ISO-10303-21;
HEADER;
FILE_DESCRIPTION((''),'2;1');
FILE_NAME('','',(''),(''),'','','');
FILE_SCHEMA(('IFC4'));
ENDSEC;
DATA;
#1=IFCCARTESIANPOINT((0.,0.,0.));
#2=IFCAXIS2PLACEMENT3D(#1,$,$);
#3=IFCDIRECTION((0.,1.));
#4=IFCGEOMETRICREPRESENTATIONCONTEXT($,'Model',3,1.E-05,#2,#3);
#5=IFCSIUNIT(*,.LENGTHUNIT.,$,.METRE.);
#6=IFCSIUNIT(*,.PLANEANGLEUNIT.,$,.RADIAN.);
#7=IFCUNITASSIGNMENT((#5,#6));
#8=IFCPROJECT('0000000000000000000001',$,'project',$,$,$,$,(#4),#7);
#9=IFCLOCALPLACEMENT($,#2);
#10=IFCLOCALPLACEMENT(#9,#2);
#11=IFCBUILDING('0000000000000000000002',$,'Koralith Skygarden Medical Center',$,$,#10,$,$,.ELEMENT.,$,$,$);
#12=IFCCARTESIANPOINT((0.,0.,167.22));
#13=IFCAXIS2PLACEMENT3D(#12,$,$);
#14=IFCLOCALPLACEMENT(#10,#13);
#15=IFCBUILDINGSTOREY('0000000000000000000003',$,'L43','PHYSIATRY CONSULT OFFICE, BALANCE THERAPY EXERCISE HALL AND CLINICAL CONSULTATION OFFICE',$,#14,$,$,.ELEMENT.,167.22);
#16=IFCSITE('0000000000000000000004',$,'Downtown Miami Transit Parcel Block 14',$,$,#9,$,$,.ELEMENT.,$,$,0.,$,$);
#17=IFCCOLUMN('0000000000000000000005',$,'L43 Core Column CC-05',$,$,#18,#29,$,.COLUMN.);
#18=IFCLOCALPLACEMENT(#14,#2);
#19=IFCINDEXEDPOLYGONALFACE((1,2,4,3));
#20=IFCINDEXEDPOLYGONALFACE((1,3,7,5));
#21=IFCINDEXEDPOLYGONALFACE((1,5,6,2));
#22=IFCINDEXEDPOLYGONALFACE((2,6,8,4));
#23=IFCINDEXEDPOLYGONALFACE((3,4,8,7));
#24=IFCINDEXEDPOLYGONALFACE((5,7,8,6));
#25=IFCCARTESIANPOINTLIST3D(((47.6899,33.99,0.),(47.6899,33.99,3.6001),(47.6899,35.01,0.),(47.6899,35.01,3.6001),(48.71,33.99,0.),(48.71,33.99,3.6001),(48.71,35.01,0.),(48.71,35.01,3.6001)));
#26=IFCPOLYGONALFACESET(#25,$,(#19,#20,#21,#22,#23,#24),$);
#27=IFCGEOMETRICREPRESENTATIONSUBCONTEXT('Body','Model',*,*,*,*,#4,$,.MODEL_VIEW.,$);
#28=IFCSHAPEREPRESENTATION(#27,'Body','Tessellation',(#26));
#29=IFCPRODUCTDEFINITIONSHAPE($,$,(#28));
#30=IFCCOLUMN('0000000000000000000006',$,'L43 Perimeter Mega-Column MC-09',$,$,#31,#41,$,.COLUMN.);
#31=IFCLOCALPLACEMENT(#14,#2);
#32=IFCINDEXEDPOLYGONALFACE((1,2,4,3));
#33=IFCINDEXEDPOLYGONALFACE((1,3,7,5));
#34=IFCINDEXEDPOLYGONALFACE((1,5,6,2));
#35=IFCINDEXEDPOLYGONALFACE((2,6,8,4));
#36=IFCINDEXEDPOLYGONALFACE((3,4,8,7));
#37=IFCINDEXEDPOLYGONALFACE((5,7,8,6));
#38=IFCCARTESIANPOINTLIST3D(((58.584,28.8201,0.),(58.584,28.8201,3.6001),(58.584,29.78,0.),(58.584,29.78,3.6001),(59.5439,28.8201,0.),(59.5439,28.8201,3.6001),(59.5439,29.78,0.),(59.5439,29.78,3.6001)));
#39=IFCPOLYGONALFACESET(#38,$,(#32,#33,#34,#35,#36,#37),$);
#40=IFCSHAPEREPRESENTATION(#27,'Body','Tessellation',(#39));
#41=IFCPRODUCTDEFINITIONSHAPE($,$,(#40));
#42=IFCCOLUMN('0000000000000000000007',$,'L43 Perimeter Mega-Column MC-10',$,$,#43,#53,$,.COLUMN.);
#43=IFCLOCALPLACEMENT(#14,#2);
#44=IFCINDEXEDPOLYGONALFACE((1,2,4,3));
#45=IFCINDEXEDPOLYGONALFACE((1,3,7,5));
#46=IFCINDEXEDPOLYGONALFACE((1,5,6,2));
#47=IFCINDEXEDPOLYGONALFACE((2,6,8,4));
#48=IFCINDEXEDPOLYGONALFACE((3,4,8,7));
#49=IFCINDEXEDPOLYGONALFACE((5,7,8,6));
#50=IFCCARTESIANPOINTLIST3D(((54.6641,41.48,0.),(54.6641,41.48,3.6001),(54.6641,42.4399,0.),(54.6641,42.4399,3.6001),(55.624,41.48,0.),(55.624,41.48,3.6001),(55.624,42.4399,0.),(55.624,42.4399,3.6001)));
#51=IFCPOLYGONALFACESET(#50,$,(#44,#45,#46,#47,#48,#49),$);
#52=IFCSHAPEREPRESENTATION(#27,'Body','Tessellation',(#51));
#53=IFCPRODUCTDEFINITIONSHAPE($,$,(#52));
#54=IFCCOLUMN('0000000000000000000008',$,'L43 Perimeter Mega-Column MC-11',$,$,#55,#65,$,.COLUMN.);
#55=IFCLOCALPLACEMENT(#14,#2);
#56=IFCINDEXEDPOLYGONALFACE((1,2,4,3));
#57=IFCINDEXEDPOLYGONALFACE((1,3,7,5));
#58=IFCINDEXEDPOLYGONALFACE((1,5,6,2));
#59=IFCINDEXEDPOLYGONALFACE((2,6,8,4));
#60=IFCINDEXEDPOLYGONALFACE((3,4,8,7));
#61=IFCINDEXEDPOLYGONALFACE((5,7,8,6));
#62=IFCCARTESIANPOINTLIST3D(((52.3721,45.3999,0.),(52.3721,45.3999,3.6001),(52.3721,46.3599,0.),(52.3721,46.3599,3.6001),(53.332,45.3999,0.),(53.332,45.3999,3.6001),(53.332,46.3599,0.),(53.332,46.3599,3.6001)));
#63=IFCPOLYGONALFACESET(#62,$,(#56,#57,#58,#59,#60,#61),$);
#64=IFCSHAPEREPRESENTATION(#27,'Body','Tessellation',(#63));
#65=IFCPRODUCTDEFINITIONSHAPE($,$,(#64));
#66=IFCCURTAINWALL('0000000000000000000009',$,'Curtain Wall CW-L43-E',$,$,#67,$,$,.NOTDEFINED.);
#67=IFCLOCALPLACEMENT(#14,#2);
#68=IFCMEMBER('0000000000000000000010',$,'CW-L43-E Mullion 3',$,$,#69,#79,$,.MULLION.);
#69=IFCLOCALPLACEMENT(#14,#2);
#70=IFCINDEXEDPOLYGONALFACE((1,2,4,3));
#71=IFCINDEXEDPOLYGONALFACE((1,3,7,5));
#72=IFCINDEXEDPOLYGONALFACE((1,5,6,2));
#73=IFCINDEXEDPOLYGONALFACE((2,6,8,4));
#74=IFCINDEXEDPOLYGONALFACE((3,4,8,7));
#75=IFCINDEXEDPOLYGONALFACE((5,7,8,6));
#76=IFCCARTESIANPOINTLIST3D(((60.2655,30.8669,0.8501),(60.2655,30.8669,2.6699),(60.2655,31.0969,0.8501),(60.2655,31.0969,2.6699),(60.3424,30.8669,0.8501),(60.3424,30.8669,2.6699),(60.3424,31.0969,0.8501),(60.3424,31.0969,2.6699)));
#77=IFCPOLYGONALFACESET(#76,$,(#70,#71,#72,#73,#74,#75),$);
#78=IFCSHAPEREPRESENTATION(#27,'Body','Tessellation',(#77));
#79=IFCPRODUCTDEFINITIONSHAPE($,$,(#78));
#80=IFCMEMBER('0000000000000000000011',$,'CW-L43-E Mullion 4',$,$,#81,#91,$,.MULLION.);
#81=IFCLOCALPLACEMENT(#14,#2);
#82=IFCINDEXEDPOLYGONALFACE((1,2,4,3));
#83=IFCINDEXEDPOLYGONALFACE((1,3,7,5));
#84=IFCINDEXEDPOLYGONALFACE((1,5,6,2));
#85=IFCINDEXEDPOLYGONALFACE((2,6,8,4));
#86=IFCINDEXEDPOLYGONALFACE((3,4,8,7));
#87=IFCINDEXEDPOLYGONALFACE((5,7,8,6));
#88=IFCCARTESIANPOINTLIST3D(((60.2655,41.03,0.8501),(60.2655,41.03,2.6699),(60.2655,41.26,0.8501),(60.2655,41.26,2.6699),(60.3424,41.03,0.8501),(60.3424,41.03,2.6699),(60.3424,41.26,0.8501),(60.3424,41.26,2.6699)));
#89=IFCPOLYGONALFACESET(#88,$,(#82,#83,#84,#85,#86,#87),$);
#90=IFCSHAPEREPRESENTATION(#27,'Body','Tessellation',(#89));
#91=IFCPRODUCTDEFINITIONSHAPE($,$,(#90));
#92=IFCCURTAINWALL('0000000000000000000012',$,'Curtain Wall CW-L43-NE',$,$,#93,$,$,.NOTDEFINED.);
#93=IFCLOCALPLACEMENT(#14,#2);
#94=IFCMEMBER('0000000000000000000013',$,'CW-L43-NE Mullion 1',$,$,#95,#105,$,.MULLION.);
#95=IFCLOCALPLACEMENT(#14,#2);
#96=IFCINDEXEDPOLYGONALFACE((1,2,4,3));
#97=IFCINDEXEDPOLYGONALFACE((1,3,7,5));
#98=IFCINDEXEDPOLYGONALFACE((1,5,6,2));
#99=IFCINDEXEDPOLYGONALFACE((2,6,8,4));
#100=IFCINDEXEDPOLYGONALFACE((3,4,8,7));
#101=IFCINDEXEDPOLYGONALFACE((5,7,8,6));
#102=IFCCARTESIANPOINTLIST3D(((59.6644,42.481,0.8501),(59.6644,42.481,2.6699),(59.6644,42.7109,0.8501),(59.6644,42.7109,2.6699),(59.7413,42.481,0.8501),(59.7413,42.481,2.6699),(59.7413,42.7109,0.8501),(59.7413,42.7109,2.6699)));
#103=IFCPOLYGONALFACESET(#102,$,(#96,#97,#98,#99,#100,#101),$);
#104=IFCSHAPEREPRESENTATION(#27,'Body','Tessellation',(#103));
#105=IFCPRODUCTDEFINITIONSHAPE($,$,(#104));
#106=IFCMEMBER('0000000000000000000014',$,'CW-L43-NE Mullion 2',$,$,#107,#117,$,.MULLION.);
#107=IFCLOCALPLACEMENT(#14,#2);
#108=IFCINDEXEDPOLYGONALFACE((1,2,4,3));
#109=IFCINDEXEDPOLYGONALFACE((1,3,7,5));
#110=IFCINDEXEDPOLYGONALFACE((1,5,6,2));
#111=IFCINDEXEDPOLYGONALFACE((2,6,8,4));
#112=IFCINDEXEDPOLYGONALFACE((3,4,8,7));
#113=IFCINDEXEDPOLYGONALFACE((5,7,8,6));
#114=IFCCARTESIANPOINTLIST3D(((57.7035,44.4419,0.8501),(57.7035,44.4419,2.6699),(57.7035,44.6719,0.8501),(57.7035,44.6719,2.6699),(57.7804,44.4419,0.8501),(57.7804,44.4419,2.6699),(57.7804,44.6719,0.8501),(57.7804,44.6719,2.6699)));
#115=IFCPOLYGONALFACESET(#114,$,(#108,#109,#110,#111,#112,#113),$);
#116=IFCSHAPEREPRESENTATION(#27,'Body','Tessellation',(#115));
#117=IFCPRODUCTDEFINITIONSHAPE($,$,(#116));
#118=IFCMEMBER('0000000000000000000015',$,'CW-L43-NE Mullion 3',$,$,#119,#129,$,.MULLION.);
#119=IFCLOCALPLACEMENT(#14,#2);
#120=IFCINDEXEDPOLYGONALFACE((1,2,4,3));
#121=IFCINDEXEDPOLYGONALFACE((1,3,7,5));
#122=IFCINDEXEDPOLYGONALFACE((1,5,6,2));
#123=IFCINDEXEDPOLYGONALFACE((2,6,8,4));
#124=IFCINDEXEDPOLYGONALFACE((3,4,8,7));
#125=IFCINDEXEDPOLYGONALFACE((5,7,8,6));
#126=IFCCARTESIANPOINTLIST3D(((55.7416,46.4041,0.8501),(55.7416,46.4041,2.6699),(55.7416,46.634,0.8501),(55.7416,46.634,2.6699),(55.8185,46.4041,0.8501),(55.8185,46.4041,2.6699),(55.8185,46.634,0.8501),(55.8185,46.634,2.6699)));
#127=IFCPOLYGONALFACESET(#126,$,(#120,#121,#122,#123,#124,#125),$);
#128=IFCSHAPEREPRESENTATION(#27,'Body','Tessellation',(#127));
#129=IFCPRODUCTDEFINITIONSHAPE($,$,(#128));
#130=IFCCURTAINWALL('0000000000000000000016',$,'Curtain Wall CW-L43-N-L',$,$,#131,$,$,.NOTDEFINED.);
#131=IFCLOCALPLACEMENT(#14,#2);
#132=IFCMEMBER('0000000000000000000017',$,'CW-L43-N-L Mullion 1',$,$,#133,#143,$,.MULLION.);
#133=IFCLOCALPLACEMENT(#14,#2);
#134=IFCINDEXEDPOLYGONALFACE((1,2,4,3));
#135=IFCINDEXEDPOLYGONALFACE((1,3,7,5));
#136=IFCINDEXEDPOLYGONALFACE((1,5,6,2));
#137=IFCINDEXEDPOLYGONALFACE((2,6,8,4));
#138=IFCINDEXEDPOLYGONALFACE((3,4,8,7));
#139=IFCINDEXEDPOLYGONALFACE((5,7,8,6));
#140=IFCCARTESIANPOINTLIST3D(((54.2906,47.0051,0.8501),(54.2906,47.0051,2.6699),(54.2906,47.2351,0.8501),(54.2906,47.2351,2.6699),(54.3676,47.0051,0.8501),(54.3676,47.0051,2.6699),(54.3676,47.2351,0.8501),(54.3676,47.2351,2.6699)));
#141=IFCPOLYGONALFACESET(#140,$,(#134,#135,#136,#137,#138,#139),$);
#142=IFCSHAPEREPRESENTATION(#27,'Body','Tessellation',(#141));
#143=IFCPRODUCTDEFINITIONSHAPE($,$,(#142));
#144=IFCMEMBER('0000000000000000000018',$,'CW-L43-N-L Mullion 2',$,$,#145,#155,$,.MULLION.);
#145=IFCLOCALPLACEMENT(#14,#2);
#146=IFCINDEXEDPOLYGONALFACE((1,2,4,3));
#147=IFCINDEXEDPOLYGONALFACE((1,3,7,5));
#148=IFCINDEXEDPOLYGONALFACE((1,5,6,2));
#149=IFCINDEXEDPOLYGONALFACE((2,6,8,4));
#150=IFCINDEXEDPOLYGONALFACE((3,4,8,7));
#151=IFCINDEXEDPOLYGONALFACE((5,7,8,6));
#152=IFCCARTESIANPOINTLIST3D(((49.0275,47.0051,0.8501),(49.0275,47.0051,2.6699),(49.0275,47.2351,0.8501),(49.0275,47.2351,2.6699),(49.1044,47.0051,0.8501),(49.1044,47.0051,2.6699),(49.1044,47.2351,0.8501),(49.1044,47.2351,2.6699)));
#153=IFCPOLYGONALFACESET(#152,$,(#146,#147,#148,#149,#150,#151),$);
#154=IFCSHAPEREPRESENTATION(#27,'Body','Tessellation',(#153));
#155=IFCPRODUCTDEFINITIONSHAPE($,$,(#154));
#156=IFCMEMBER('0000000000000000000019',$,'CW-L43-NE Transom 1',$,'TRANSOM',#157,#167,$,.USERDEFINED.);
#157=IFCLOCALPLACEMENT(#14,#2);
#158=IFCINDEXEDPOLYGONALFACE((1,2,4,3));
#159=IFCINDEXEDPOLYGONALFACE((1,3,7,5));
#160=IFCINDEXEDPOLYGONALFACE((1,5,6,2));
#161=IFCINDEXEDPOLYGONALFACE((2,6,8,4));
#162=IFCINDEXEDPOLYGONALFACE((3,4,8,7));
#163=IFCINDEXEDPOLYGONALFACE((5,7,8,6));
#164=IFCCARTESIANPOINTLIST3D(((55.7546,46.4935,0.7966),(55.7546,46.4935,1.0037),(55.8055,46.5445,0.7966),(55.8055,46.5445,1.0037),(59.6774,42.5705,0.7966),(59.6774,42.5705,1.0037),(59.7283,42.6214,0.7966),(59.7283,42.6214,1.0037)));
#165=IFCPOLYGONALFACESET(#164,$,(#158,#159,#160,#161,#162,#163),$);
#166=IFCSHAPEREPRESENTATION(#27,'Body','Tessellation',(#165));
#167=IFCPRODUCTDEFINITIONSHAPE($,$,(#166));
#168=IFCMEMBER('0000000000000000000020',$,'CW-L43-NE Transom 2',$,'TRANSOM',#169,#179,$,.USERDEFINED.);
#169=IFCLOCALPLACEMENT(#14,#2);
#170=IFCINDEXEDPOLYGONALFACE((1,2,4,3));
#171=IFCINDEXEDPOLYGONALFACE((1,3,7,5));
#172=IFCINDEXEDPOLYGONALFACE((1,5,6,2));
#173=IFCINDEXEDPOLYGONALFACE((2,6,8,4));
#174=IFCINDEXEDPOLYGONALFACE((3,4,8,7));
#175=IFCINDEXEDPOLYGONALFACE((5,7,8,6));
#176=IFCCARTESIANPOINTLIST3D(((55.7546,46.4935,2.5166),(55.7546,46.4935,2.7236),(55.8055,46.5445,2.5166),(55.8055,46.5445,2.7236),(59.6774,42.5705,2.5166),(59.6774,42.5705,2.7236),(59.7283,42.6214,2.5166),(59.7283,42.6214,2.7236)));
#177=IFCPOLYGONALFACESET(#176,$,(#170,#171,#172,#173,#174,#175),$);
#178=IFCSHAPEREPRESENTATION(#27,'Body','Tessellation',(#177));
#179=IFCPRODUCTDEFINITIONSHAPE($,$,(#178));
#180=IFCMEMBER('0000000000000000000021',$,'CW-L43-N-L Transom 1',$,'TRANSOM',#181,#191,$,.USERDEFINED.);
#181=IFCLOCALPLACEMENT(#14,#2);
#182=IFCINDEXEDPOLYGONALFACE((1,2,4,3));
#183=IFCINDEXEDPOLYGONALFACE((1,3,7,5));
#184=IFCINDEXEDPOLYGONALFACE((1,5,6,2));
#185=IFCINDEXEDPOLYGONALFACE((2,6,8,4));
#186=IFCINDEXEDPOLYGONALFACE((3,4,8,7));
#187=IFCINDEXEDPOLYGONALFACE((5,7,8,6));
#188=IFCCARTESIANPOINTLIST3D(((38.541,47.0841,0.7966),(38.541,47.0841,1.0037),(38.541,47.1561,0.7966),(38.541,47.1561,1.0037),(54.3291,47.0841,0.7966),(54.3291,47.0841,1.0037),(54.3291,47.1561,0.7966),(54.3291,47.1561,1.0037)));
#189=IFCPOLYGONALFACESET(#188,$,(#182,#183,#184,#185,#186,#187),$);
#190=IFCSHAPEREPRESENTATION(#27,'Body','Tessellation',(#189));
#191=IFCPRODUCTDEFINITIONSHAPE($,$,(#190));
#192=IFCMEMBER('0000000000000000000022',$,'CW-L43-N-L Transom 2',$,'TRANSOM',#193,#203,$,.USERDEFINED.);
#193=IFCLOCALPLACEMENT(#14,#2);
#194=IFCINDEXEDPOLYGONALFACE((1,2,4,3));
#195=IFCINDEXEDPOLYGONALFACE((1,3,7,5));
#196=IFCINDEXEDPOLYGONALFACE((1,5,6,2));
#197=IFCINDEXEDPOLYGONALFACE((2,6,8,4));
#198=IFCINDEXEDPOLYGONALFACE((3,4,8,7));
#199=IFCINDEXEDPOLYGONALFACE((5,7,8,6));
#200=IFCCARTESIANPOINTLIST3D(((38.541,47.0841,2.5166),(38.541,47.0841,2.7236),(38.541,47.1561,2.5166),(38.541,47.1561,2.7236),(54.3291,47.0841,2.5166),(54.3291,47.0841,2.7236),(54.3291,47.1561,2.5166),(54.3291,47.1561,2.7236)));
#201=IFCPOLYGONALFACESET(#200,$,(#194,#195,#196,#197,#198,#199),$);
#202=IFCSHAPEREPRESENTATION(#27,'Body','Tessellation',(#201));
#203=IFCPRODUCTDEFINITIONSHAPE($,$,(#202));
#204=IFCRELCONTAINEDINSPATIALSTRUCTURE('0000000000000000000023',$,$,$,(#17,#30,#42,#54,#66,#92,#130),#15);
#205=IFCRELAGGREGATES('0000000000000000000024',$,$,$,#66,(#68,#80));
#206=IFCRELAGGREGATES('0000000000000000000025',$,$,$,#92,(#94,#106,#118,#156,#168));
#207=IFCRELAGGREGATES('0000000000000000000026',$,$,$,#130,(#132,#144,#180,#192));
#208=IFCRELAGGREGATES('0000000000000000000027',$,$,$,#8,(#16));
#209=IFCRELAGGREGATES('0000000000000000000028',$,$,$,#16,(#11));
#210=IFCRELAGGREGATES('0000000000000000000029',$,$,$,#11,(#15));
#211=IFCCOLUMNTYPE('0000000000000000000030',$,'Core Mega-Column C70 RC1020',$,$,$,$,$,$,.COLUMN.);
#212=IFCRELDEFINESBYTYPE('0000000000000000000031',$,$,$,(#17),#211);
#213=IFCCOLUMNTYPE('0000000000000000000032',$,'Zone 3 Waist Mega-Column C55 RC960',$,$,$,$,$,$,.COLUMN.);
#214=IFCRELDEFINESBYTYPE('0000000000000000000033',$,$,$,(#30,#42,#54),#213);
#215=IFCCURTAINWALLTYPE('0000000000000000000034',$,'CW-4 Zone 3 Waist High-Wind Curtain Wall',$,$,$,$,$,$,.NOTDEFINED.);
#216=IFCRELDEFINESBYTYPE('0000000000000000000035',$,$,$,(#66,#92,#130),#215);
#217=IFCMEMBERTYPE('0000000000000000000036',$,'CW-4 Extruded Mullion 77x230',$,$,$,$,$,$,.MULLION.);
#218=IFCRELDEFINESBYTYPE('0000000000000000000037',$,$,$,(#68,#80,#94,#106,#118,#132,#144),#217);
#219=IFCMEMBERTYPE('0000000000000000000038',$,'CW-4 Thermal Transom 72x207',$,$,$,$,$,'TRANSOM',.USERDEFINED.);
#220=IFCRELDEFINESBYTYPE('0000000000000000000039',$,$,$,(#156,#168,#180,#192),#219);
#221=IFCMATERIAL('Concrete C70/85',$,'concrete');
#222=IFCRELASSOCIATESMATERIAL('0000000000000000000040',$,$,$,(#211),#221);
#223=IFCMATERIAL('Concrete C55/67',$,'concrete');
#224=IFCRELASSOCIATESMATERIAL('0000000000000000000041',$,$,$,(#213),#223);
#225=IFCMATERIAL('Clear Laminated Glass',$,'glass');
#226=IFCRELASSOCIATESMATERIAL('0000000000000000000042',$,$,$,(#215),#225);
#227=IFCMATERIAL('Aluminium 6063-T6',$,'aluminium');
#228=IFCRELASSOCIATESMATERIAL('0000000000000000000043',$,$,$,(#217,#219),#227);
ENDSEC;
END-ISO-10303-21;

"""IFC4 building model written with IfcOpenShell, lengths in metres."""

from ifc_helpers import new_model, si_unit, direction, frame, origin, origin_2d, place, context, subcontext, project, spatial, rectangle, extrude, material, material_profile, profile_set, type_object, element, aggregate, save


model = new_model("IFC4")

# Units and contexts
model_context = context("Model", 3, precision=1e-05, world=origin(), true_north=direction((0.0, 1.0)))
body_context = subcontext(model_context, "Body", "Model", "MODEL_VIEW")
ifc_project = project(units=[si_unit("LENGTHUNIT", "METRE"), si_unit("PLANEANGLEUNIT", "RADIAN")], contexts=[model_context])

# Site, building, storey
site_placement = place(None, origin())
site = spatial("IfcSite", under=ifc_project, at=site_placement, Name="Downtown Miami Transit Parcel Block 14", CompositionType="ELEMENT", RefElevation=0.0)
building_placement = place(site_placement, origin())
building = spatial("IfcBuilding", under=site, at=building_placement, Name="Koralith Skygarden Medical Center", CompositionType="ELEMENT")
storey_placement = place(building_placement, frame((0.0, 0.0, 167.22)))
storey = spatial("IfcBuildingStorey", under=building, at=storey_placement, Name="L43", Description="PHYSIATRY CONSULT OFFICE, BALANCE THERAPY EXERCISE HALL AND CLINICAL CONSULTATION OFFICE", CompositionType="ELEMENT", Elevation=167.22)

# Columns
ifc_material_1 = material(Name="Concrete C70/85", Category="concrete")
ifc_material_profile_1 = material_profile(ifc_material_1, rectangle(XDim=1.02, YDim=1.02, at=origin_2d()), Name="RC1020X1020")
ifc_profile_set_1 = profile_set([ifc_material_profile_1], Name="Concrete C70/85")
column_type_1 = type_object("IfcColumnType", Name="Core Mega-Column C70 RC1020", PredefinedType="COLUMN", material=ifc_profile_set_1)
column_placement = place(storey_placement, frame((48.2, 34.5, 0.0), z_axis=(0.0, 0.0, 1.0), x_axis=(1.0, 0.0, 0.0)))
element("IfcColumn", 1, at=column_placement, inside=storey, type_object=column_type_1, Name="L43 Core Column CC-05", PredefinedType="COLUMN", context=body_context, shape_type="SweptSolid", body=[
    extrude(rectangle(XDim=1.02, YDim=1.02, at=origin_2d()), origin(), (0.0, 0.0, 1.0), 3.6001),
])
ifc_material_2 = material(Name="Concrete C55/67", Category="concrete")
ifc_material_profile_2 = material_profile(ifc_material_2, rectangle(XDim=0.96, YDim=0.96, at=origin_2d()), Name="RC960X960")
ifc_profile_set_2 = profile_set([ifc_material_profile_2], Name="Concrete C55/67")
column_type_2 = type_object("IfcColumnType", Name="Zone 3 Waist Mega-Column C55 RC960", PredefinedType="COLUMN", material=ifc_profile_set_2)
for number, where, z_axis, x_axis, name in (
    (2, (59.064, 29.3, 0.0), (0.0, 0.0, 1.0), (1.0, 0.0, 0.0), "L43 Perimeter Mega-Column MC-09"),
    (3, (55.144, 41.96, 0.0), (0.0, 0.0, 1.0), (1.0, 0.0, 0.0), "L43 Perimeter Mega-Column MC-10"),
    (4, (52.8521, 45.8799, 0.0), (0.0, 0.0, 1.0), (1.0, 0.0, 0.0), "L43 Perimeter Mega-Column MC-11"),
):
    element("IfcColumn", number, at=place(storey_placement, frame(where, z_axis=z_axis, x_axis=x_axis)), inside=storey, type_object=column_type_2, Name=name, PredefinedType="COLUMN", context=body_context, shape_type="SweptSolid", body=[
        extrude(rectangle(XDim=0.96, YDim=0.96, at=origin_2d()), origin(), (0.0, 0.0, 1.0), 3.6001),
    ])

# Curtain walls, members
ifc_material_3 = material(Name="Clear Laminated Glass", Category="glass")
curtain_wall_type = type_object("IfcCurtainWallType", Name="CW-4 Zone 3 Waist High-Wind Curtain Wall", PredefinedType="NOTDEFINED", material=ifc_material_3)
curtain_wall_1_placement = place(storey_placement, origin())
curtain_wall_1 = element("IfcCurtainWall", 5, at=curtain_wall_1_placement, inside=storey, type_object=curtain_wall_type, Name="Curtain Wall CW-L43-E", PredefinedType="NOTDEFINED")
ifc_material_4 = material(Name="Aluminium 6063-T6", Category="aluminium")
ifc_material_profile_3 = material_profile(ifc_material_4, rectangle(XDim=0.0769, YDim=0.23, at=origin_2d()), Name="MUL77X230")
ifc_profile_set_3 = profile_set([ifc_material_profile_3], Name="Aluminium 6063-T6")
member_type_1 = type_object("IfcMemberType", Name="CW-4 Extruded Mullion 77x230", PredefinedType="MULLION", material=ifc_profile_set_3)
member_1_placement = place(storey_placement, frame((60.304, 30.9819, 0.8501), z_axis=(0.0, 0.0, 1.0), x_axis=(1.0, 0.0, 0.0)))
member_1 = element("IfcMember", 6, at=member_1_placement, type_object=member_type_1, Name="CW-L43-E Mullion 3", PredefinedType="MULLION", context=body_context, shape_type="SweptSolid", body=[
    extrude(rectangle(XDim=0.0769, YDim=0.23, at=origin_2d()), origin(), (0.0, 0.0, 1.0), 1.8198),
])
member_2_placement = place(storey_placement, frame((60.304, 41.145, 0.8501), z_axis=(0.0, 0.0, 1.0), x_axis=(1.0, 0.0, 0.0)))
member_2 = element("IfcMember", 7, at=member_2_placement, type_object=member_type_1, Name="CW-L43-E Mullion 4", PredefinedType="MULLION", context=body_context, shape_type="SweptSolid", body=[
    extrude(rectangle(XDim=0.0769, YDim=0.23, at=origin_2d()), origin(), (0.0, 0.0, 1.0), 1.8198),
])
curtain_wall_2_placement = place(storey_placement, origin())
curtain_wall_2 = element("IfcCurtainWall", 8, at=curtain_wall_2_placement, inside=storey, type_object=curtain_wall_type, Name="Curtain Wall CW-L43-NE", PredefinedType="NOTDEFINED")
member_3_placement = place(storey_placement, frame((59.7029, 42.5959, 0.8501), z_axis=(0.0, 0.0, 1.0), x_axis=(1.0, 0.0, 0.0)))
member_3 = element("IfcMember", 9, at=member_3_placement, type_object=member_type_1, Name="CW-L43-NE Mullion 1", PredefinedType="MULLION", context=body_context, shape_type="SweptSolid", body=[
    extrude(rectangle(XDim=0.0769, YDim=0.23, at=origin_2d()), origin(), (0.0, 0.0, 1.0), 1.8198),
])
member_4_placement = place(storey_placement, frame((57.7419, 44.5569, 0.8501), z_axis=(0.0, 0.0, 1.0), x_axis=(1.0, 0.0, 0.0)))
member_4 = element("IfcMember", 10, at=member_4_placement, type_object=member_type_1, Name="CW-L43-NE Mullion 2", PredefinedType="MULLION", context=body_context, shape_type="SweptSolid", body=[
    extrude(rectangle(XDim=0.0769, YDim=0.23, at=origin_2d()), origin(), (0.0, 0.0, 1.0), 1.8198),
])
member_5_placement = place(storey_placement, frame((55.78, 46.519, 0.8501), z_axis=(0.0, 0.0, 1.0), x_axis=(1.0, 0.0, 0.0)))
member_5 = element("IfcMember", 11, at=member_5_placement, type_object=member_type_1, Name="CW-L43-NE Mullion 3", PredefinedType="MULLION", context=body_context, shape_type="SweptSolid", body=[
    extrude(rectangle(XDim=0.0769, YDim=0.23, at=origin_2d()), origin(), (0.0, 0.0, 1.0), 1.8198),
])
curtain_wall_3_placement = place(storey_placement, origin())
curtain_wall_3 = element("IfcCurtainWall", 12, at=curtain_wall_3_placement, inside=storey, type_object=curtain_wall_type, Name="Curtain Wall CW-L43-N-L", PredefinedType="NOTDEFINED")
member_6_placement = place(storey_placement, frame((54.3291, 47.1201, 0.8501), z_axis=(0.0, 0.0, 1.0), x_axis=(1.0, 0.0, 0.0)))
member_6 = element("IfcMember", 13, at=member_6_placement, type_object=member_type_1, Name="CW-L43-N-L Mullion 1", PredefinedType="MULLION", context=body_context, shape_type="SweptSolid", body=[
    extrude(rectangle(XDim=0.0769, YDim=0.23, at=origin_2d()), origin(), (0.0, 0.0, 1.0), 1.8198),
])
member_7_placement = place(storey_placement, frame((49.0659, 47.1201, 0.8501), z_axis=(0.0, 0.0, 1.0), x_axis=(1.0, 0.0, 0.0)))
member_7 = element("IfcMember", 14, at=member_7_placement, type_object=member_type_1, Name="CW-L43-N-L Mullion 2", PredefinedType="MULLION", context=body_context, shape_type="SweptSolid", body=[
    extrude(rectangle(XDim=0.0769, YDim=0.23, at=origin_2d()), origin(), (0.0, 0.0, 1.0), 1.8198),
])

# Members
ifc_material_profile_4 = material_profile(ifc_material_4, rectangle(XDim=0.072, YDim=0.207, at=origin_2d()), Name="TRN72X207")
ifc_profile_set_4 = profile_set([ifc_material_profile_4], Name="Aluminium 6063-T6")
member_type_2 = type_object("IfcMemberType", Name="CW-4 Thermal Transom 72x207", ElementType="TRANSOM", PredefinedType="USERDEFINED", material=ifc_profile_set_4)
member_8_placement = place(storey_placement, frame((59.7029, 42.5959, 0.9001), z_axis=(-0.707085, 0.707129, 0.0), x_axis=(-0.707129, -0.707085, 0.0)))
member_8 = element("IfcMember", 15, at=member_8_placement, type_object=member_type_2, Name="CW-L43-NE Transom 1", ObjectType="TRANSOM", PredefinedType="USERDEFINED", context=body_context, shape_type="SweptSolid", body=[
    extrude(rectangle(XDim=0.072, YDim=0.207, at=origin_2d()), origin(), (0.0, 0.0, 1.0), 5.5479),
])
member_9_placement = place(storey_placement, frame((59.7029, 42.5959, 2.6201), z_axis=(-0.707085, 0.707129, 0.0), x_axis=(-0.707129, -0.707085, 0.0)))
member_9 = element("IfcMember", 16, at=member_9_placement, type_object=member_type_2, Name="CW-L43-NE Transom 2", ObjectType="TRANSOM", PredefinedType="USERDEFINED", context=body_context, shape_type="SweptSolid", body=[
    extrude(rectangle(XDim=0.072, YDim=0.207, at=origin_2d()), origin(), (0.0, 0.0, 1.0), 5.5479),
])
member_10_placement = place(storey_placement, frame((54.3291, 47.1201, 0.9001), z_axis=(-1.0, 0.0, 0.0), x_axis=(0.0, -1.0, 0.0)))
member_10 = element("IfcMember", 17, at=member_10_placement, type_object=member_type_2, Name="CW-L43-N-L Transom 1", ObjectType="TRANSOM", PredefinedType="USERDEFINED", context=body_context, shape_type="SweptSolid", body=[
    extrude(rectangle(XDim=0.072, YDim=0.207, at=origin_2d()), origin(), (0.0, 0.0, 1.0), 15.7881),
])
member_11_placement = place(storey_placement, frame((54.3291, 47.1201, 2.6201), z_axis=(-1.0, 0.0, 0.0), x_axis=(0.0, -1.0, 0.0)))
member_11 = element("IfcMember", 18, at=member_11_placement, type_object=member_type_2, Name="CW-L43-N-L Transom 2", ObjectType="TRANSOM", PredefinedType="USERDEFINED", context=body_context, shape_type="SweptSolid", body=[
    extrude(rectangle(XDim=0.072, YDim=0.207, at=origin_2d()), origin(), (0.0, 0.0, 1.0), 15.7881),
])

aggregate(curtain_wall_1, [member_1, member_2])
aggregate(curtain_wall_2, [member_3, member_4, member_5, member_8, member_9])
aggregate(curtain_wall_3, [member_6, member_7, member_10, member_11])

save(model, "model.ifc")
